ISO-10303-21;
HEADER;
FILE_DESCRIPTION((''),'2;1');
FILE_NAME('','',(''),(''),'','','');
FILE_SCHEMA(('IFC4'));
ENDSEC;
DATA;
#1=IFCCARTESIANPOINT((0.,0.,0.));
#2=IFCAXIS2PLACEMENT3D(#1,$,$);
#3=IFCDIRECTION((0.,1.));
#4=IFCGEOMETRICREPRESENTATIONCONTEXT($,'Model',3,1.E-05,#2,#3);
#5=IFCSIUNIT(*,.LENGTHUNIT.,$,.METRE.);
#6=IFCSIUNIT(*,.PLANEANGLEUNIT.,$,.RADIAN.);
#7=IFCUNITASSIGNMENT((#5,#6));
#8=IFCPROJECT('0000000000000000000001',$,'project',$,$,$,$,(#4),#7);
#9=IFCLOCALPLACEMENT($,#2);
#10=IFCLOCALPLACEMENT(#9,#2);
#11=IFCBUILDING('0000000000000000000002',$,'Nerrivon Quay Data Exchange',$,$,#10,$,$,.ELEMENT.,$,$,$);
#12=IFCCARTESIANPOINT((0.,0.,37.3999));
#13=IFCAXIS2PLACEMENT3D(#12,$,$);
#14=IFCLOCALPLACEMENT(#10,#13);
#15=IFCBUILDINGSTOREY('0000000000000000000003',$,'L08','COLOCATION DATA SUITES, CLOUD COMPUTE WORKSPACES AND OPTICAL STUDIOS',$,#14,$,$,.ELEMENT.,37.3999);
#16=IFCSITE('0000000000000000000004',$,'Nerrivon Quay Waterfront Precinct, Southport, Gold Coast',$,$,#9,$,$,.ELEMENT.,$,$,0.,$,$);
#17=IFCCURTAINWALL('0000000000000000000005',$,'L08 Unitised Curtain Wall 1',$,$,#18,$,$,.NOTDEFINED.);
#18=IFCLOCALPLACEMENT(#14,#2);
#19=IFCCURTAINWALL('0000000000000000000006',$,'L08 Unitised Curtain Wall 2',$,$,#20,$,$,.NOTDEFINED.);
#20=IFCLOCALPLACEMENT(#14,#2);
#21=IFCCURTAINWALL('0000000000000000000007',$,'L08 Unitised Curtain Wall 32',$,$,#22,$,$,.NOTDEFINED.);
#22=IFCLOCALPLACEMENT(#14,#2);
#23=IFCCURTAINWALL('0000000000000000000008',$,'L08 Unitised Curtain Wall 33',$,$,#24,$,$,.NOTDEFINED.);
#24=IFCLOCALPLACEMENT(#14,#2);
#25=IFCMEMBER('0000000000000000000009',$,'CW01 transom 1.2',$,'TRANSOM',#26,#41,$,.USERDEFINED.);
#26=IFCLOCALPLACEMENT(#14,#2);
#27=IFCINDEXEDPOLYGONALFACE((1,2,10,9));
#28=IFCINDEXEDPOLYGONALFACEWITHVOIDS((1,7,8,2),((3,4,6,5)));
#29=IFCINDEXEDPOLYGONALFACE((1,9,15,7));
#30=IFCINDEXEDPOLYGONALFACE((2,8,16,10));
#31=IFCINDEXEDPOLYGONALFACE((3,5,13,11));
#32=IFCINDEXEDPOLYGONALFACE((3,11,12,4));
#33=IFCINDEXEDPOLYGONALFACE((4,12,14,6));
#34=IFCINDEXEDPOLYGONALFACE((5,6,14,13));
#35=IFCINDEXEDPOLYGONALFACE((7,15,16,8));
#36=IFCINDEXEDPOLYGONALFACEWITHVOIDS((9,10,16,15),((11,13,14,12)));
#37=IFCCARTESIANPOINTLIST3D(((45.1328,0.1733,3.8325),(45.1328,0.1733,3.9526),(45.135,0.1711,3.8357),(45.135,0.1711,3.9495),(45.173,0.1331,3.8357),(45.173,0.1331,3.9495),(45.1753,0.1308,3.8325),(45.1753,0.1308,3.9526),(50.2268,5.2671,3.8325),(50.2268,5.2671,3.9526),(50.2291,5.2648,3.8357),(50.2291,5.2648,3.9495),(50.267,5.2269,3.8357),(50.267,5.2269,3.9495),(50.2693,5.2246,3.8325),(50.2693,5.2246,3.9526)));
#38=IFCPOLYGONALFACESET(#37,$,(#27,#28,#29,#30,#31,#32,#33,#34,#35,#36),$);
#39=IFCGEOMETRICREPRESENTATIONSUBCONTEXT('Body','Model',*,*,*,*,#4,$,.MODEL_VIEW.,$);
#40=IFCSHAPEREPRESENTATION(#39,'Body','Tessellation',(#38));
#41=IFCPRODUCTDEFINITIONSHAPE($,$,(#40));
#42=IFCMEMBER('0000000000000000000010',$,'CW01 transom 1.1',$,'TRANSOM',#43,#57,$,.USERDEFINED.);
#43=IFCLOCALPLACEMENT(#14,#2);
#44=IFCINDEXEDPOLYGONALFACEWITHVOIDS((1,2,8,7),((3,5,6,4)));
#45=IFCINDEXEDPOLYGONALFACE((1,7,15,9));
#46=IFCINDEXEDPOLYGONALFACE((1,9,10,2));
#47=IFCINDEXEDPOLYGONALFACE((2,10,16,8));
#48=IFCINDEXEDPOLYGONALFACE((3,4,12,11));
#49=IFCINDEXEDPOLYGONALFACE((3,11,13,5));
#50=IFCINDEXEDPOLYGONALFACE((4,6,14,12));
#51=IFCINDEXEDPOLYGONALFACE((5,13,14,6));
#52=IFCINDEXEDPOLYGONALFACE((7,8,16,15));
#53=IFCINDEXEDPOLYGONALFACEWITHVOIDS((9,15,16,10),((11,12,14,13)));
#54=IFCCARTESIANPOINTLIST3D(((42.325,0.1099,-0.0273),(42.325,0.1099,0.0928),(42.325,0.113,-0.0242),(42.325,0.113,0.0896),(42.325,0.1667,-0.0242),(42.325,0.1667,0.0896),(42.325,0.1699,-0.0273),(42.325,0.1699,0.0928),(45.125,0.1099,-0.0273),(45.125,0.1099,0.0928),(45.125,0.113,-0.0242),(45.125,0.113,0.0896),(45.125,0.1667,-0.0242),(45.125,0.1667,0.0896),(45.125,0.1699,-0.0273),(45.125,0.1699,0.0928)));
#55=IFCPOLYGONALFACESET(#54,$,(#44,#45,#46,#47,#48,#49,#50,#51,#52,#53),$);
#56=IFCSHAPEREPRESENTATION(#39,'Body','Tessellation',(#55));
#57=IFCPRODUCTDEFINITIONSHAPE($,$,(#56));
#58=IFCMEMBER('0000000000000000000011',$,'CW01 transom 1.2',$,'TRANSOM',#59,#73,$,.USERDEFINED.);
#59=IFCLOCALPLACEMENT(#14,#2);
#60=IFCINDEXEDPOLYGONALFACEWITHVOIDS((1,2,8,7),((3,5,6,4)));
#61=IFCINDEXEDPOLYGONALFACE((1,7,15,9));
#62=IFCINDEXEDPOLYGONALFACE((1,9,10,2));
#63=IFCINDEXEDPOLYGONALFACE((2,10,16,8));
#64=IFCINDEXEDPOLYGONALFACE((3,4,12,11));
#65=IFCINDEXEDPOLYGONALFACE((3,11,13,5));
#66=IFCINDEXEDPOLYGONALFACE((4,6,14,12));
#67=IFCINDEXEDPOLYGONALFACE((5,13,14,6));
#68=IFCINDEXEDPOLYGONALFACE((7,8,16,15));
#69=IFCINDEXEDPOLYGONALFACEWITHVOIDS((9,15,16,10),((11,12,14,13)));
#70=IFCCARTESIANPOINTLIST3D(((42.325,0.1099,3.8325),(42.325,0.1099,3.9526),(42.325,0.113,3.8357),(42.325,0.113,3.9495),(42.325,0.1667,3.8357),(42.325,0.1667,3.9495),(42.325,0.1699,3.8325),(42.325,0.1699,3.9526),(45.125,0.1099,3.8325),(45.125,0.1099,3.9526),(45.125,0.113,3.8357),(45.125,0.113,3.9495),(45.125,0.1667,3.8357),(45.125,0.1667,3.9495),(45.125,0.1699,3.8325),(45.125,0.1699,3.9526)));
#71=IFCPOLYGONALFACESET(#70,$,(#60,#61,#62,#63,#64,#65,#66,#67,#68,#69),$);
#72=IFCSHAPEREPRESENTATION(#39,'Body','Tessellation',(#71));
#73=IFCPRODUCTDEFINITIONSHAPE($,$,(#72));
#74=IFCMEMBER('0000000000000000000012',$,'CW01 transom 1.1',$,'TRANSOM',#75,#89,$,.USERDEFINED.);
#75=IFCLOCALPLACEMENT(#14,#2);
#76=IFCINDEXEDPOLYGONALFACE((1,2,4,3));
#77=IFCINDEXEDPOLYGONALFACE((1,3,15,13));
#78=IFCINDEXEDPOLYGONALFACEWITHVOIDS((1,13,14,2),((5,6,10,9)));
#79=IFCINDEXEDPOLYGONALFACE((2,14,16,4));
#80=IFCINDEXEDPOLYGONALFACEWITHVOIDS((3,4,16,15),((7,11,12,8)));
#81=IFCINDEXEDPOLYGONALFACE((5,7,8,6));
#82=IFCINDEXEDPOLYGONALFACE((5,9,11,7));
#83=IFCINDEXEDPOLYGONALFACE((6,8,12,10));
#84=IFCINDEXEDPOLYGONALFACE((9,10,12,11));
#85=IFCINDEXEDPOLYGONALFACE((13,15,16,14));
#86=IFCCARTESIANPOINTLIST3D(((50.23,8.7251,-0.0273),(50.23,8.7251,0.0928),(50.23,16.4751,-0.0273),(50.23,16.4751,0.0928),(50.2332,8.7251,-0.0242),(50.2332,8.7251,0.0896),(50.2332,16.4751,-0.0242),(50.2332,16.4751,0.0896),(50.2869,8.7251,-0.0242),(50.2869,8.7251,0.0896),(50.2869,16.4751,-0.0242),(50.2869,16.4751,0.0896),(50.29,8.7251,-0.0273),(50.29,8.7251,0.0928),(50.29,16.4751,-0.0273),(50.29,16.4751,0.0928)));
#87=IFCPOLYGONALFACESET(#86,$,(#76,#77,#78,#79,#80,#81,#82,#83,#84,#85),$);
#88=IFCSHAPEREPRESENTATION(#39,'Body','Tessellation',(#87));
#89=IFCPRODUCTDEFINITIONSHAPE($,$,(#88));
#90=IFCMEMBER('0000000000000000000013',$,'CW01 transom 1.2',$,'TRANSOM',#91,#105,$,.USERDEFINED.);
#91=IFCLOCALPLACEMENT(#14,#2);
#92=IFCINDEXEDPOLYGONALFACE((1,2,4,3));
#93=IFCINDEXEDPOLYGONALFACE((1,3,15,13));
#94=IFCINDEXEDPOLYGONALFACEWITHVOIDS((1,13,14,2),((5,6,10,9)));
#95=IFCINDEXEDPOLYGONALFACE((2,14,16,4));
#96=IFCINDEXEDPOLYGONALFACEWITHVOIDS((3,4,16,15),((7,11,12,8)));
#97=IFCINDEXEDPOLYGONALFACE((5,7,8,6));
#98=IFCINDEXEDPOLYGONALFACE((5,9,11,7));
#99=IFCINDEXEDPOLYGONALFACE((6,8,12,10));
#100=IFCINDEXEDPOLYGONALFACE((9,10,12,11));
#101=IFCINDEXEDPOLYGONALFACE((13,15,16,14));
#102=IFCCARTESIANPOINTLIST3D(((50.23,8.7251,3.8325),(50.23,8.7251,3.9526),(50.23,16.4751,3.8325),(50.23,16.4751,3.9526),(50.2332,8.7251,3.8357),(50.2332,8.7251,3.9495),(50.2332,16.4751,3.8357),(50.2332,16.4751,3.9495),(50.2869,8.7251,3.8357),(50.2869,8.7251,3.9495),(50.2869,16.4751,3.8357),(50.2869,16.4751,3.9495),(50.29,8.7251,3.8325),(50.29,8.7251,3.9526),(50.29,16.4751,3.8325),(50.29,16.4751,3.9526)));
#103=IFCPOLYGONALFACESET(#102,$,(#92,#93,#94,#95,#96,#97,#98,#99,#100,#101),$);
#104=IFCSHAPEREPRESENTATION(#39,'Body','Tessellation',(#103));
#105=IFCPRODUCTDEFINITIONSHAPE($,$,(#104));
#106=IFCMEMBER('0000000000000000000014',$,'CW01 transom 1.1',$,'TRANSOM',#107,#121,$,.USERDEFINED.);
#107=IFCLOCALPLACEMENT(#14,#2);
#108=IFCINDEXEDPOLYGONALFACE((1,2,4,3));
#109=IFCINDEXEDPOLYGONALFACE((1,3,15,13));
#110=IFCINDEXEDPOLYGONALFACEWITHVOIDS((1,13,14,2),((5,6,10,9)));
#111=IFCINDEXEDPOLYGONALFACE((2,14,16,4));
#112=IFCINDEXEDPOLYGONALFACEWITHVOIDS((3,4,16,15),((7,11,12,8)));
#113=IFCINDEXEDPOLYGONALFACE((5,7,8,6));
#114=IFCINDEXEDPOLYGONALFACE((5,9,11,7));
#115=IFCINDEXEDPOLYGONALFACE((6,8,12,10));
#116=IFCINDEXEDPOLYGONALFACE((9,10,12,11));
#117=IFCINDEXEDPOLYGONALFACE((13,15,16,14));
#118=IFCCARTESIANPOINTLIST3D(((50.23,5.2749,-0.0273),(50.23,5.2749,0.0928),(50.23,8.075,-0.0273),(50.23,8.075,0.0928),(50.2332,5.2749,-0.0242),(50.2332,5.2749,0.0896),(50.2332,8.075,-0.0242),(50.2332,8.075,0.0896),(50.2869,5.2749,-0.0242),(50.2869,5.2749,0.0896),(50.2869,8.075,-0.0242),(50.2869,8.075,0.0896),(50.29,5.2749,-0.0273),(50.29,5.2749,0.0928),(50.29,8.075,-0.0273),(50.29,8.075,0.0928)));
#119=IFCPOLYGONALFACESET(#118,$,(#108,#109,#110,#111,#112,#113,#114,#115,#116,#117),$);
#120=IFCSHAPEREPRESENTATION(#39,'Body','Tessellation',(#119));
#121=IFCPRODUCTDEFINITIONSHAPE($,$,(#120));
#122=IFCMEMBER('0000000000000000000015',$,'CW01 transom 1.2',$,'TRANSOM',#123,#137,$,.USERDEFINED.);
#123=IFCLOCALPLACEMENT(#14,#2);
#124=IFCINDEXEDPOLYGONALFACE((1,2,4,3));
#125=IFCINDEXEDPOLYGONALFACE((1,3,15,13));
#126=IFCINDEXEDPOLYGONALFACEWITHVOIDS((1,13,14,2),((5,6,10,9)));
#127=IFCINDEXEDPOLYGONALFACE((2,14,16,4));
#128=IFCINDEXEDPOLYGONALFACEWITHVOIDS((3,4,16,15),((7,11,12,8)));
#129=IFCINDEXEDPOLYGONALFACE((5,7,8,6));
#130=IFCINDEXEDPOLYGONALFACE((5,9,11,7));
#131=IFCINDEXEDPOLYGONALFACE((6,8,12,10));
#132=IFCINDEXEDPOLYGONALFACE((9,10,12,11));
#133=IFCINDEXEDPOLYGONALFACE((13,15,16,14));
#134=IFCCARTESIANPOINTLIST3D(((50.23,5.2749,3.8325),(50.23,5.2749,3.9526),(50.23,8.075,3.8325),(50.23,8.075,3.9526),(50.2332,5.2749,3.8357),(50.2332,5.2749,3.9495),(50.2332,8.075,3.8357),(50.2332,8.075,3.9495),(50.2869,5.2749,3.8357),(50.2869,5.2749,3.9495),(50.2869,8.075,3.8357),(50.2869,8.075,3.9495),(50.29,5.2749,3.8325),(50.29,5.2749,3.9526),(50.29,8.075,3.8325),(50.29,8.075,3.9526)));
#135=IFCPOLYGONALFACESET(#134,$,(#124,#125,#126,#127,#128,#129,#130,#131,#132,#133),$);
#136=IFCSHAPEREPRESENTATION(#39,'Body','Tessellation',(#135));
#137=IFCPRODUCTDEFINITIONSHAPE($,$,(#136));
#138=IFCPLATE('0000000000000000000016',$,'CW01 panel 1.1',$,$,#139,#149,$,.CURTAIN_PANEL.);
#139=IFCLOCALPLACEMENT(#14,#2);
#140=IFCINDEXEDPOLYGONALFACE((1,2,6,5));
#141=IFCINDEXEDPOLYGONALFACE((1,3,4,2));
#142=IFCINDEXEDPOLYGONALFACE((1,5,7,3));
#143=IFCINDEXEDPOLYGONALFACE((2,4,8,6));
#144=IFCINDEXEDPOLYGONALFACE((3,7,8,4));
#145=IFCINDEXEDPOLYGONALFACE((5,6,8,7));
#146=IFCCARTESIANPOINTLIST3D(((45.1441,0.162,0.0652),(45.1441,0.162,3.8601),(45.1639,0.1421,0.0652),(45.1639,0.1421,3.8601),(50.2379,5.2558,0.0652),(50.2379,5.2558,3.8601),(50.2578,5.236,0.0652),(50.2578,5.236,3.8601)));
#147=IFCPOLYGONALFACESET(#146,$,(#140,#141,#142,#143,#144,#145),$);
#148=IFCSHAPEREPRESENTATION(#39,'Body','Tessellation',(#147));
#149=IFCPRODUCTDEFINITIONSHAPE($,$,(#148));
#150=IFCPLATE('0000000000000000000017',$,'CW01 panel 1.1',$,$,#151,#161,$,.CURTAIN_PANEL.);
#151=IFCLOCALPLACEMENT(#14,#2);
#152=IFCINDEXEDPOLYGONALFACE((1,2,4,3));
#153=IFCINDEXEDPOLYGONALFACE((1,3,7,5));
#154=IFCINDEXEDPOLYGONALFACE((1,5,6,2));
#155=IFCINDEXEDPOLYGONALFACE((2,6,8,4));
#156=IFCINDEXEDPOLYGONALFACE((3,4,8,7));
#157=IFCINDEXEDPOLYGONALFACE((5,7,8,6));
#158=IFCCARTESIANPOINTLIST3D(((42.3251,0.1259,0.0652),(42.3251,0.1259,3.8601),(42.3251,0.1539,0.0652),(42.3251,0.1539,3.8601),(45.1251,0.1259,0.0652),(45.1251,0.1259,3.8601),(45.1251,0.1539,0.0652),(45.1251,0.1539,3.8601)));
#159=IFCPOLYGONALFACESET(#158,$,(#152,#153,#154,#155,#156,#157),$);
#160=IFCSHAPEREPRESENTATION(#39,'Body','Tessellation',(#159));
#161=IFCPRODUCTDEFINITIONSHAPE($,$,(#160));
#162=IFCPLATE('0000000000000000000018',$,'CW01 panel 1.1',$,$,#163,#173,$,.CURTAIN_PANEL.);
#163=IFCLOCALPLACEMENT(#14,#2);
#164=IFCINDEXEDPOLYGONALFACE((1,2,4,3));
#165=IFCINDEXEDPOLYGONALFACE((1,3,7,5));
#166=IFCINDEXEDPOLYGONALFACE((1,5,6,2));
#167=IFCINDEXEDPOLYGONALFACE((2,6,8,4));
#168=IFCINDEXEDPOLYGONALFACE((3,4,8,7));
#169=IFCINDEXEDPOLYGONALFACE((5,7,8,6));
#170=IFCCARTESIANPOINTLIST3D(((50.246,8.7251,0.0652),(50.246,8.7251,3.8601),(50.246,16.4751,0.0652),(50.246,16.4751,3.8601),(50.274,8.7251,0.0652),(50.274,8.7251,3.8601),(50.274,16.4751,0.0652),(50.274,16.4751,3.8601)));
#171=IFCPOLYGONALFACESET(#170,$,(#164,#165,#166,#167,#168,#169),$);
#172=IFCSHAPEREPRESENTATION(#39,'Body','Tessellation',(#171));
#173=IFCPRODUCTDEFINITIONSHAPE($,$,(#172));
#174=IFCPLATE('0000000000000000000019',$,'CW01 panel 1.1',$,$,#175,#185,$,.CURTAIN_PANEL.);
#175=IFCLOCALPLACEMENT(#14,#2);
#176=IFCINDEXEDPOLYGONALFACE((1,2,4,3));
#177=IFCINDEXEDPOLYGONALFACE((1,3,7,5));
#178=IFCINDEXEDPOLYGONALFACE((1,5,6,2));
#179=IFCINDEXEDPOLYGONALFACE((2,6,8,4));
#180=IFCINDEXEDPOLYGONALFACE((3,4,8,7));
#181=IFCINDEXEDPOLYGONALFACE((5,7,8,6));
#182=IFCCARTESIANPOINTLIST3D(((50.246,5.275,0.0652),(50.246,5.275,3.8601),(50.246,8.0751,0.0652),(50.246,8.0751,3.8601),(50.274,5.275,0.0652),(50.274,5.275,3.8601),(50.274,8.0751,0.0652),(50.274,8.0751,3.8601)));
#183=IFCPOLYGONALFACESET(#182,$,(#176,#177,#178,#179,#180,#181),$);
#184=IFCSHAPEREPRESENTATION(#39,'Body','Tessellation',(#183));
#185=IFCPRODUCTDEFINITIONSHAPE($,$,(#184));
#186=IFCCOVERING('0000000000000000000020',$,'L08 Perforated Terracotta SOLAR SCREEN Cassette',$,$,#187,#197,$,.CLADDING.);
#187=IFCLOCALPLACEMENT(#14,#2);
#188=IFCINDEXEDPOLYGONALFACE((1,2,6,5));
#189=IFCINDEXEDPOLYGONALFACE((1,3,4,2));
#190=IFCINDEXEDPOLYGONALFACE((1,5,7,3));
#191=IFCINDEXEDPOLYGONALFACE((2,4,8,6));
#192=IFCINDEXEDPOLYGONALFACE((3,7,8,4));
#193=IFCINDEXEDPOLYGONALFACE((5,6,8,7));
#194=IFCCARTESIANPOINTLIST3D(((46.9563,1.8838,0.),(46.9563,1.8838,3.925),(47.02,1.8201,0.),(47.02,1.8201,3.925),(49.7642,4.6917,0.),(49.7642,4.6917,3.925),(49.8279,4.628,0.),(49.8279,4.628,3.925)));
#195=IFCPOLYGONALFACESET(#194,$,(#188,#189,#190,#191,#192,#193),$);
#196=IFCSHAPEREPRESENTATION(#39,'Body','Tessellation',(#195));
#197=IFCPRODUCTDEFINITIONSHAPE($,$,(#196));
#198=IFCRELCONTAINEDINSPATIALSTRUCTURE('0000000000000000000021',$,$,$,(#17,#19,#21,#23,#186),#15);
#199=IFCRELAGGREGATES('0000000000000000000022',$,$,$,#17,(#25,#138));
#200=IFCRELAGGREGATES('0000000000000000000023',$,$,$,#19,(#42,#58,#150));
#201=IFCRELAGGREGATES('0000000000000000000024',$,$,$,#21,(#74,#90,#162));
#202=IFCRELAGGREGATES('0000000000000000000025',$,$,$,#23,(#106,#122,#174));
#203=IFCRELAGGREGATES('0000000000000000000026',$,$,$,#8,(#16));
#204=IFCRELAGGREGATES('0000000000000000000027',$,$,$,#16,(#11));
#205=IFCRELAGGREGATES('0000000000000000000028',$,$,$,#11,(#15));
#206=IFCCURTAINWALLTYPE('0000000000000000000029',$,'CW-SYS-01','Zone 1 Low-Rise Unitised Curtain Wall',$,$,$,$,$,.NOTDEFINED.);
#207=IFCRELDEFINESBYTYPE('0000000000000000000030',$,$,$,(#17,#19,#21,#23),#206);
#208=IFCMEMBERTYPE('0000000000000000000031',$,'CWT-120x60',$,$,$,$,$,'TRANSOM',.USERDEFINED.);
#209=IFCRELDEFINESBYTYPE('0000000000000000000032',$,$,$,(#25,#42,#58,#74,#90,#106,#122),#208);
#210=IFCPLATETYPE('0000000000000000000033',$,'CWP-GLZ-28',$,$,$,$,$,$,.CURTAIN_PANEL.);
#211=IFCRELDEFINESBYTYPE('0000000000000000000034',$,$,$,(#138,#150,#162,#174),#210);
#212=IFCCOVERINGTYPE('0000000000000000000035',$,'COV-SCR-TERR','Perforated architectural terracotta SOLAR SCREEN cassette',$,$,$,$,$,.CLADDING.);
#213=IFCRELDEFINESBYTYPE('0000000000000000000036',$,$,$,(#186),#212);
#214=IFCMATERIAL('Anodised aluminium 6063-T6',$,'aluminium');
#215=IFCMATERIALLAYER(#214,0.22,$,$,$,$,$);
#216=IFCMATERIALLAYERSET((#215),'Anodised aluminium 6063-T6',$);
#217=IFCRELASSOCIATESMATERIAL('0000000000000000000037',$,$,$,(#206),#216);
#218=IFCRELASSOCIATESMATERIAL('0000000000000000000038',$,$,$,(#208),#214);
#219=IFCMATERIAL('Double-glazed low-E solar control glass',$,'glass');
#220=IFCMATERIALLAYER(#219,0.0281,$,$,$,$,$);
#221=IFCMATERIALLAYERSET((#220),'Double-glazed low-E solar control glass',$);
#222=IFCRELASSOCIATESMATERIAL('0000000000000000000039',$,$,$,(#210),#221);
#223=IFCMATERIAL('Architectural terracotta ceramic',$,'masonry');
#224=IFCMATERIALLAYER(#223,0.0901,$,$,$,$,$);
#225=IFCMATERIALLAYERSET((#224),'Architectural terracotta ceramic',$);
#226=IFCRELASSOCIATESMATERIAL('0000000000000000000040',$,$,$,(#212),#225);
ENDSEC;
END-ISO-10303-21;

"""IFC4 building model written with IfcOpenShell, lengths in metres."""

from ifc_helpers import new_model, si_unit, direction, frame, origin, origin_2d, place, context, subcontext, project, spatial, rectangle, hollow_rectangle, extrude, material, layer, layer_set, material_profile, profile_set, type_object, element, aggregate, save


model = new_model("IFC4")

# Units and contexts
model_context = context("Model", 3, precision=1e-05, world=origin(), true_north=direction((0.0, 1.0)))
body_context = subcontext(model_context, "Body", "Model", "MODEL_VIEW")
ifc_project = project(units=[si_unit("LENGTHUNIT", "METRE"), si_unit("PLANEANGLEUNIT", "RADIAN")], contexts=[model_context])

# Site, building, storey
site_placement = place(None, origin())
site = spatial("IfcSite", under=ifc_project, at=site_placement, Name="Nerrivon Quay Waterfront Precinct, Southport, Gold Coast", CompositionType="ELEMENT", RefElevation=0.0)
building_placement = place(site_placement, origin())
building = spatial("IfcBuilding", under=site, at=building_placement, Name="Nerrivon Quay Data Exchange", CompositionType="ELEMENT")
storey_placement = place(building_placement, frame((0.0, 0.0, 37.3999)))
storey = spatial("IfcBuildingStorey", under=building, at=storey_placement, Name="L08", Description="COLOCATION DATA SUITES, CLOUD COMPUTE WORKSPACES AND OPTICAL STUDIOS", CompositionType="ELEMENT", Elevation=37.3999)

# Curtain walls
ifc_material_1 = material(Name="Anodised aluminium 6063-T6", Category="aluminium")
ifc_layer_1 = layer(ifc_material_1, 0.22)
ifc_layer_set_1 = layer_set([ifc_layer_1], Name="Anodised aluminium 6063-T6")
curtain_wall_type = type_object("IfcCurtainWallType", Name="CW-SYS-01", Description="Zone 1 Low-Rise Unitised Curtain Wall", PredefinedType="NOTDEFINED", material=ifc_layer_set_1)
curtain_wall_1_placement = place(storey_placement, origin())
curtain_wall_1 = element("IfcCurtainWall", 1, at=curtain_wall_1_placement, inside=storey, type_object=curtain_wall_type, Name="L08 Unitised Curtain Wall 1", PredefinedType="NOTDEFINED")
curtain_wall_2_placement = place(storey_placement, origin())
curtain_wall_2 = element("IfcCurtainWall", 2, at=curtain_wall_2_placement, inside=storey, type_object=curtain_wall_type, Name="L08 Unitised Curtain Wall 2", PredefinedType="NOTDEFINED")

# Curtain wall
curtain_wall_3_placement = place(storey_placement, origin())
curtain_wall_3 = element("IfcCurtainWall", 3, at=curtain_wall_3_placement, inside=storey, type_object=curtain_wall_type, Name="L08 Unitised Curtain Wall 32", PredefinedType="NOTDEFINED")

# Curtain wall
curtain_wall_4_placement = place(storey_placement, origin())
curtain_wall_4 = element("IfcCurtainWall", 4, at=curtain_wall_4_placement, inside=storey, type_object=curtain_wall_type, Name="L08 Unitised Curtain Wall 33", PredefinedType="NOTDEFINED")

# Members
ifc_material_profile_1 = material_profile(ifc_material_1, hollow_rectangle(XDim=0.0601, YDim=0.1201, WallThickness=0.0032, at=origin_2d()), Name="ALU-TRAN-120x60")
ifc_profile_set_1 = profile_set([ifc_material_profile_1], Name="Anodised aluminium 6063-T6")
member_type_1 = type_object("IfcMemberType", Name="CWT-120x60", ElementType="TRANSOM", PredefinedType="USERDEFINED", material=ifc_profile_set_1)
member_1_placement = place(storey_placement, frame((50.248, 5.2458, 3.8926), z_axis=(-0.707124, -0.70709, 0.0), x_axis=(0.70709, -0.707124, 0.0)))
member_1 = element("IfcMember", 5, at=member_1_placement, type_object=member_type_1, Name="CW01 transom 1.2", ObjectType="TRANSOM", PredefinedType="USERDEFINED", context=body_context, shape_type="SweptSolid", body=[
    extrude(hollow_rectangle(XDim=0.0601, YDim=0.1201, WallThickness=0.0032, at=origin_2d()), origin(), (0.0, 0.0, 1.0), 7.2039),
])
member_2_placement = place(storey_placement, frame((45.125, 0.1399, 0.0327), z_axis=(-1.0, 0.0, 0.0), x_axis=(0.0, -1.0, 0.0)))
member_2 = element("IfcMember", 6, at=member_2_placement, type_object=member_type_1, Name="CW01 transom 1.1", ObjectType="TRANSOM", PredefinedType="USERDEFINED", context=body_context, shape_type="SweptSolid", body=[
    extrude(hollow_rectangle(XDim=0.0601, YDim=0.1201, WallThickness=0.0032, at=origin_2d()), origin(), (0.0, 0.0, 1.0), 2.8),
])
member_3_placement = place(storey_placement, frame((45.125, 0.1399, 3.8926), z_axis=(-1.0, 0.0, 0.0), x_axis=(0.0, -1.0, 0.0)))
member_3 = element("IfcMember", 7, at=member_3_placement, type_object=member_type_1, Name="CW01 transom 1.2", ObjectType="TRANSOM", PredefinedType="USERDEFINED", context=body_context, shape_type="SweptSolid", body=[
    extrude(hollow_rectangle(XDim=0.0601, YDim=0.1201, WallThickness=0.0032, at=origin_2d()), origin(), (0.0, 0.0, 1.0), 2.8),
])
member_4_placement = place(storey_placement, frame((50.26, 16.4751, 0.0327), z_axis=(0.0, -1.0, 0.0), x_axis=(1.0, 0.0, 0.0)))
member_4 = element("IfcMember", 8, at=member_4_placement, type_object=member_type_1, Name="CW01 transom 1.1", ObjectType="TRANSOM", PredefinedType="USERDEFINED", context=body_context, shape_type="SweptSolid", body=[
    extrude(hollow_rectangle(XDim=0.0601, YDim=0.1201, WallThickness=0.0032, at=origin_2d()), origin(), (0.0, 0.0, 1.0), 7.75),
])
member_5_placement = place(storey_placement, frame((50.26, 16.4751, 3.8926), z_axis=(0.0, -1.0, 0.0), x_axis=(1.0, 0.0, 0.0)))
member_5 = element("IfcMember", 9, at=member_5_placement, type_object=member_type_1, Name="CW01 transom 1.2", ObjectType="TRANSOM", PredefinedType="USERDEFINED", context=body_context, shape_type="SweptSolid", body=[
    extrude(hollow_rectangle(XDim=0.0601, YDim=0.1201, WallThickness=0.0032, at=origin_2d()), origin(), (0.0, 0.0, 1.0), 7.75),
])
member_6_placement = place(storey_placement, frame((50.26, 8.075, 0.0327), z_axis=(0.0, -1.0, 0.0), x_axis=(1.0, 0.0, 0.0)))
member_6 = element("IfcMember", 10, at=member_6_placement, type_object=member_type_1, Name="CW01 transom 1.1", ObjectType="TRANSOM", PredefinedType="USERDEFINED", context=body_context, shape_type="SweptSolid", body=[
    extrude(hollow_rectangle(XDim=0.0601, YDim=0.1201, WallThickness=0.0032, at=origin_2d()), origin(), (0.0, 0.0, 1.0), 2.8),
])
member_7_placement = place(storey_placement, frame((50.26, 8.075, 3.8926), z_axis=(0.0, -1.0, 0.0), x_axis=(1.0, 0.0, 0.0)))
member_7 = element("IfcMember", 11, at=member_7_placement, type_object=member_type_1, Name="CW01 transom 1.2", ObjectType="TRANSOM", PredefinedType="USERDEFINED", context=body_context, shape_type="SweptSolid", body=[
    extrude(hollow_rectangle(XDim=0.0601, YDim=0.1201, WallThickness=0.0032, at=origin_2d()), origin(), (0.0, 0.0, 1.0), 2.8),
])

# Plates
ifc_material_2 = material(Name="Double-glazed low-E solar control glass", Category="glass")
ifc_layer_2 = layer(ifc_material_2, 0.0281)
ifc_layer_set_2 = layer_set([ifc_layer_2], Name="Double-glazed low-E solar control glass")
plate_type = type_object("IfcPlateType", Name="CWP-GLZ-28", PredefinedType="CURTAIN_PANEL", material=ifc_layer_set_2)
plate_1_placement = place(storey_placement, frame((47.7009, 2.699, 0.0652), z_axis=(0.0, 0.0, 1.0), x_axis=(-0.707107, -0.707107, 0.0)))
plate_1 = element("IfcPlate", 12, at=plate_1_placement, type_object=plate_type, Name="CW01 panel 1.1", PredefinedType="CURTAIN_PANEL", context=body_context, shape_type="SweptSolid", body=[
    extrude(rectangle(XDim=7.2039, YDim=0.0281, at=origin_2d()), origin(), (0.0, 0.0, 1.0), 3.7949),
])
aggregate(curtain_wall_1, [member_1, plate_1])
plate_2_placement = place(storey_placement, frame((43.7251, 0.1399, 0.0652), z_axis=(0.0, 0.0, 1.0), x_axis=(-1.0, 0.0, 0.0)))
plate_2 = element("IfcPlate", 13, at=plate_2_placement, type_object=plate_type, Name="CW01 panel 1.1", PredefinedType="CURTAIN_PANEL", context=body_context, shape_type="SweptSolid", body=[
    extrude(rectangle(XDim=2.8, YDim=0.0281, at=origin_2d()), origin(), (0.0, 0.0, 1.0), 3.7949),
])
aggregate(curtain_wall_2, [member_2, member_3, plate_2])
plate_3_placement = place(storey_placement, frame((50.26, 12.6001, 0.0652), z_axis=(0.0, 0.0, 1.0), x_axis=(0.0, -1.0, 0.0)))
plate_3 = element("IfcPlate", 14, at=plate_3_placement, type_object=plate_type, Name="CW01 panel 1.1", PredefinedType="CURTAIN_PANEL", context=body_context, shape_type="SweptSolid", body=[
    extrude(rectangle(XDim=7.75, YDim=0.0281, at=origin_2d()), origin(), (0.0, 0.0, 1.0), 3.7949),
])
aggregate(curtain_wall_3, [member_4, member_5, plate_3])
plate_4_placement = place(storey_placement, frame((50.26, 6.675, 0.0652), z_axis=(0.0, 0.0, 1.0), x_axis=(0.0, -1.0, 0.0)))
plate_4 = element("IfcPlate", 15, at=plate_4_placement, type_object=plate_type, Name="CW01 panel 1.1", PredefinedType="CURTAIN_PANEL", context=body_context, shape_type="SweptSolid", body=[
    extrude(rectangle(XDim=2.8, YDim=0.0281, at=origin_2d()), origin(), (0.0, 0.0, 1.0), 3.7949),
])
aggregate(curtain_wall_4, [member_6, member_7, plate_4])

# Covering
ifc_material_3 = material(Name="Architectural terracotta ceramic", Category="masonry")
ifc_layer_3 = layer(ifc_material_3, 0.0901)
ifc_layer_set_3 = layer_set([ifc_layer_3], Name="Architectural terracotta ceramic")
covering_type = type_object("IfcCoveringType", Name="COV-SCR-TERR", Description="Perforated architectural terracotta SOLAR SCREEN cassette", PredefinedType="CLADDING", material=ifc_layer_set_3)
covering_1_placement = place(storey_placement, frame((48.3921, 3.2559, 0.0), z_axis=(0.0, 0.0, 1.0), x_axis=(-0.707107, -0.707107, 0.0)))
element("IfcCovering", 16, at=covering_1_placement, inside=storey, type_object=covering_type, Name="L08 Perforated Terracotta SOLAR SCREEN Cassette", PredefinedType="CLADDING", context=body_context, shape_type="SweptSolid", body=[
    extrude(rectangle(XDim=3.9709, YDim=0.0901, at=origin_2d()), origin(), (0.0, 0.0, 1.0), 3.925),
])

save(model, "model.ifc")
